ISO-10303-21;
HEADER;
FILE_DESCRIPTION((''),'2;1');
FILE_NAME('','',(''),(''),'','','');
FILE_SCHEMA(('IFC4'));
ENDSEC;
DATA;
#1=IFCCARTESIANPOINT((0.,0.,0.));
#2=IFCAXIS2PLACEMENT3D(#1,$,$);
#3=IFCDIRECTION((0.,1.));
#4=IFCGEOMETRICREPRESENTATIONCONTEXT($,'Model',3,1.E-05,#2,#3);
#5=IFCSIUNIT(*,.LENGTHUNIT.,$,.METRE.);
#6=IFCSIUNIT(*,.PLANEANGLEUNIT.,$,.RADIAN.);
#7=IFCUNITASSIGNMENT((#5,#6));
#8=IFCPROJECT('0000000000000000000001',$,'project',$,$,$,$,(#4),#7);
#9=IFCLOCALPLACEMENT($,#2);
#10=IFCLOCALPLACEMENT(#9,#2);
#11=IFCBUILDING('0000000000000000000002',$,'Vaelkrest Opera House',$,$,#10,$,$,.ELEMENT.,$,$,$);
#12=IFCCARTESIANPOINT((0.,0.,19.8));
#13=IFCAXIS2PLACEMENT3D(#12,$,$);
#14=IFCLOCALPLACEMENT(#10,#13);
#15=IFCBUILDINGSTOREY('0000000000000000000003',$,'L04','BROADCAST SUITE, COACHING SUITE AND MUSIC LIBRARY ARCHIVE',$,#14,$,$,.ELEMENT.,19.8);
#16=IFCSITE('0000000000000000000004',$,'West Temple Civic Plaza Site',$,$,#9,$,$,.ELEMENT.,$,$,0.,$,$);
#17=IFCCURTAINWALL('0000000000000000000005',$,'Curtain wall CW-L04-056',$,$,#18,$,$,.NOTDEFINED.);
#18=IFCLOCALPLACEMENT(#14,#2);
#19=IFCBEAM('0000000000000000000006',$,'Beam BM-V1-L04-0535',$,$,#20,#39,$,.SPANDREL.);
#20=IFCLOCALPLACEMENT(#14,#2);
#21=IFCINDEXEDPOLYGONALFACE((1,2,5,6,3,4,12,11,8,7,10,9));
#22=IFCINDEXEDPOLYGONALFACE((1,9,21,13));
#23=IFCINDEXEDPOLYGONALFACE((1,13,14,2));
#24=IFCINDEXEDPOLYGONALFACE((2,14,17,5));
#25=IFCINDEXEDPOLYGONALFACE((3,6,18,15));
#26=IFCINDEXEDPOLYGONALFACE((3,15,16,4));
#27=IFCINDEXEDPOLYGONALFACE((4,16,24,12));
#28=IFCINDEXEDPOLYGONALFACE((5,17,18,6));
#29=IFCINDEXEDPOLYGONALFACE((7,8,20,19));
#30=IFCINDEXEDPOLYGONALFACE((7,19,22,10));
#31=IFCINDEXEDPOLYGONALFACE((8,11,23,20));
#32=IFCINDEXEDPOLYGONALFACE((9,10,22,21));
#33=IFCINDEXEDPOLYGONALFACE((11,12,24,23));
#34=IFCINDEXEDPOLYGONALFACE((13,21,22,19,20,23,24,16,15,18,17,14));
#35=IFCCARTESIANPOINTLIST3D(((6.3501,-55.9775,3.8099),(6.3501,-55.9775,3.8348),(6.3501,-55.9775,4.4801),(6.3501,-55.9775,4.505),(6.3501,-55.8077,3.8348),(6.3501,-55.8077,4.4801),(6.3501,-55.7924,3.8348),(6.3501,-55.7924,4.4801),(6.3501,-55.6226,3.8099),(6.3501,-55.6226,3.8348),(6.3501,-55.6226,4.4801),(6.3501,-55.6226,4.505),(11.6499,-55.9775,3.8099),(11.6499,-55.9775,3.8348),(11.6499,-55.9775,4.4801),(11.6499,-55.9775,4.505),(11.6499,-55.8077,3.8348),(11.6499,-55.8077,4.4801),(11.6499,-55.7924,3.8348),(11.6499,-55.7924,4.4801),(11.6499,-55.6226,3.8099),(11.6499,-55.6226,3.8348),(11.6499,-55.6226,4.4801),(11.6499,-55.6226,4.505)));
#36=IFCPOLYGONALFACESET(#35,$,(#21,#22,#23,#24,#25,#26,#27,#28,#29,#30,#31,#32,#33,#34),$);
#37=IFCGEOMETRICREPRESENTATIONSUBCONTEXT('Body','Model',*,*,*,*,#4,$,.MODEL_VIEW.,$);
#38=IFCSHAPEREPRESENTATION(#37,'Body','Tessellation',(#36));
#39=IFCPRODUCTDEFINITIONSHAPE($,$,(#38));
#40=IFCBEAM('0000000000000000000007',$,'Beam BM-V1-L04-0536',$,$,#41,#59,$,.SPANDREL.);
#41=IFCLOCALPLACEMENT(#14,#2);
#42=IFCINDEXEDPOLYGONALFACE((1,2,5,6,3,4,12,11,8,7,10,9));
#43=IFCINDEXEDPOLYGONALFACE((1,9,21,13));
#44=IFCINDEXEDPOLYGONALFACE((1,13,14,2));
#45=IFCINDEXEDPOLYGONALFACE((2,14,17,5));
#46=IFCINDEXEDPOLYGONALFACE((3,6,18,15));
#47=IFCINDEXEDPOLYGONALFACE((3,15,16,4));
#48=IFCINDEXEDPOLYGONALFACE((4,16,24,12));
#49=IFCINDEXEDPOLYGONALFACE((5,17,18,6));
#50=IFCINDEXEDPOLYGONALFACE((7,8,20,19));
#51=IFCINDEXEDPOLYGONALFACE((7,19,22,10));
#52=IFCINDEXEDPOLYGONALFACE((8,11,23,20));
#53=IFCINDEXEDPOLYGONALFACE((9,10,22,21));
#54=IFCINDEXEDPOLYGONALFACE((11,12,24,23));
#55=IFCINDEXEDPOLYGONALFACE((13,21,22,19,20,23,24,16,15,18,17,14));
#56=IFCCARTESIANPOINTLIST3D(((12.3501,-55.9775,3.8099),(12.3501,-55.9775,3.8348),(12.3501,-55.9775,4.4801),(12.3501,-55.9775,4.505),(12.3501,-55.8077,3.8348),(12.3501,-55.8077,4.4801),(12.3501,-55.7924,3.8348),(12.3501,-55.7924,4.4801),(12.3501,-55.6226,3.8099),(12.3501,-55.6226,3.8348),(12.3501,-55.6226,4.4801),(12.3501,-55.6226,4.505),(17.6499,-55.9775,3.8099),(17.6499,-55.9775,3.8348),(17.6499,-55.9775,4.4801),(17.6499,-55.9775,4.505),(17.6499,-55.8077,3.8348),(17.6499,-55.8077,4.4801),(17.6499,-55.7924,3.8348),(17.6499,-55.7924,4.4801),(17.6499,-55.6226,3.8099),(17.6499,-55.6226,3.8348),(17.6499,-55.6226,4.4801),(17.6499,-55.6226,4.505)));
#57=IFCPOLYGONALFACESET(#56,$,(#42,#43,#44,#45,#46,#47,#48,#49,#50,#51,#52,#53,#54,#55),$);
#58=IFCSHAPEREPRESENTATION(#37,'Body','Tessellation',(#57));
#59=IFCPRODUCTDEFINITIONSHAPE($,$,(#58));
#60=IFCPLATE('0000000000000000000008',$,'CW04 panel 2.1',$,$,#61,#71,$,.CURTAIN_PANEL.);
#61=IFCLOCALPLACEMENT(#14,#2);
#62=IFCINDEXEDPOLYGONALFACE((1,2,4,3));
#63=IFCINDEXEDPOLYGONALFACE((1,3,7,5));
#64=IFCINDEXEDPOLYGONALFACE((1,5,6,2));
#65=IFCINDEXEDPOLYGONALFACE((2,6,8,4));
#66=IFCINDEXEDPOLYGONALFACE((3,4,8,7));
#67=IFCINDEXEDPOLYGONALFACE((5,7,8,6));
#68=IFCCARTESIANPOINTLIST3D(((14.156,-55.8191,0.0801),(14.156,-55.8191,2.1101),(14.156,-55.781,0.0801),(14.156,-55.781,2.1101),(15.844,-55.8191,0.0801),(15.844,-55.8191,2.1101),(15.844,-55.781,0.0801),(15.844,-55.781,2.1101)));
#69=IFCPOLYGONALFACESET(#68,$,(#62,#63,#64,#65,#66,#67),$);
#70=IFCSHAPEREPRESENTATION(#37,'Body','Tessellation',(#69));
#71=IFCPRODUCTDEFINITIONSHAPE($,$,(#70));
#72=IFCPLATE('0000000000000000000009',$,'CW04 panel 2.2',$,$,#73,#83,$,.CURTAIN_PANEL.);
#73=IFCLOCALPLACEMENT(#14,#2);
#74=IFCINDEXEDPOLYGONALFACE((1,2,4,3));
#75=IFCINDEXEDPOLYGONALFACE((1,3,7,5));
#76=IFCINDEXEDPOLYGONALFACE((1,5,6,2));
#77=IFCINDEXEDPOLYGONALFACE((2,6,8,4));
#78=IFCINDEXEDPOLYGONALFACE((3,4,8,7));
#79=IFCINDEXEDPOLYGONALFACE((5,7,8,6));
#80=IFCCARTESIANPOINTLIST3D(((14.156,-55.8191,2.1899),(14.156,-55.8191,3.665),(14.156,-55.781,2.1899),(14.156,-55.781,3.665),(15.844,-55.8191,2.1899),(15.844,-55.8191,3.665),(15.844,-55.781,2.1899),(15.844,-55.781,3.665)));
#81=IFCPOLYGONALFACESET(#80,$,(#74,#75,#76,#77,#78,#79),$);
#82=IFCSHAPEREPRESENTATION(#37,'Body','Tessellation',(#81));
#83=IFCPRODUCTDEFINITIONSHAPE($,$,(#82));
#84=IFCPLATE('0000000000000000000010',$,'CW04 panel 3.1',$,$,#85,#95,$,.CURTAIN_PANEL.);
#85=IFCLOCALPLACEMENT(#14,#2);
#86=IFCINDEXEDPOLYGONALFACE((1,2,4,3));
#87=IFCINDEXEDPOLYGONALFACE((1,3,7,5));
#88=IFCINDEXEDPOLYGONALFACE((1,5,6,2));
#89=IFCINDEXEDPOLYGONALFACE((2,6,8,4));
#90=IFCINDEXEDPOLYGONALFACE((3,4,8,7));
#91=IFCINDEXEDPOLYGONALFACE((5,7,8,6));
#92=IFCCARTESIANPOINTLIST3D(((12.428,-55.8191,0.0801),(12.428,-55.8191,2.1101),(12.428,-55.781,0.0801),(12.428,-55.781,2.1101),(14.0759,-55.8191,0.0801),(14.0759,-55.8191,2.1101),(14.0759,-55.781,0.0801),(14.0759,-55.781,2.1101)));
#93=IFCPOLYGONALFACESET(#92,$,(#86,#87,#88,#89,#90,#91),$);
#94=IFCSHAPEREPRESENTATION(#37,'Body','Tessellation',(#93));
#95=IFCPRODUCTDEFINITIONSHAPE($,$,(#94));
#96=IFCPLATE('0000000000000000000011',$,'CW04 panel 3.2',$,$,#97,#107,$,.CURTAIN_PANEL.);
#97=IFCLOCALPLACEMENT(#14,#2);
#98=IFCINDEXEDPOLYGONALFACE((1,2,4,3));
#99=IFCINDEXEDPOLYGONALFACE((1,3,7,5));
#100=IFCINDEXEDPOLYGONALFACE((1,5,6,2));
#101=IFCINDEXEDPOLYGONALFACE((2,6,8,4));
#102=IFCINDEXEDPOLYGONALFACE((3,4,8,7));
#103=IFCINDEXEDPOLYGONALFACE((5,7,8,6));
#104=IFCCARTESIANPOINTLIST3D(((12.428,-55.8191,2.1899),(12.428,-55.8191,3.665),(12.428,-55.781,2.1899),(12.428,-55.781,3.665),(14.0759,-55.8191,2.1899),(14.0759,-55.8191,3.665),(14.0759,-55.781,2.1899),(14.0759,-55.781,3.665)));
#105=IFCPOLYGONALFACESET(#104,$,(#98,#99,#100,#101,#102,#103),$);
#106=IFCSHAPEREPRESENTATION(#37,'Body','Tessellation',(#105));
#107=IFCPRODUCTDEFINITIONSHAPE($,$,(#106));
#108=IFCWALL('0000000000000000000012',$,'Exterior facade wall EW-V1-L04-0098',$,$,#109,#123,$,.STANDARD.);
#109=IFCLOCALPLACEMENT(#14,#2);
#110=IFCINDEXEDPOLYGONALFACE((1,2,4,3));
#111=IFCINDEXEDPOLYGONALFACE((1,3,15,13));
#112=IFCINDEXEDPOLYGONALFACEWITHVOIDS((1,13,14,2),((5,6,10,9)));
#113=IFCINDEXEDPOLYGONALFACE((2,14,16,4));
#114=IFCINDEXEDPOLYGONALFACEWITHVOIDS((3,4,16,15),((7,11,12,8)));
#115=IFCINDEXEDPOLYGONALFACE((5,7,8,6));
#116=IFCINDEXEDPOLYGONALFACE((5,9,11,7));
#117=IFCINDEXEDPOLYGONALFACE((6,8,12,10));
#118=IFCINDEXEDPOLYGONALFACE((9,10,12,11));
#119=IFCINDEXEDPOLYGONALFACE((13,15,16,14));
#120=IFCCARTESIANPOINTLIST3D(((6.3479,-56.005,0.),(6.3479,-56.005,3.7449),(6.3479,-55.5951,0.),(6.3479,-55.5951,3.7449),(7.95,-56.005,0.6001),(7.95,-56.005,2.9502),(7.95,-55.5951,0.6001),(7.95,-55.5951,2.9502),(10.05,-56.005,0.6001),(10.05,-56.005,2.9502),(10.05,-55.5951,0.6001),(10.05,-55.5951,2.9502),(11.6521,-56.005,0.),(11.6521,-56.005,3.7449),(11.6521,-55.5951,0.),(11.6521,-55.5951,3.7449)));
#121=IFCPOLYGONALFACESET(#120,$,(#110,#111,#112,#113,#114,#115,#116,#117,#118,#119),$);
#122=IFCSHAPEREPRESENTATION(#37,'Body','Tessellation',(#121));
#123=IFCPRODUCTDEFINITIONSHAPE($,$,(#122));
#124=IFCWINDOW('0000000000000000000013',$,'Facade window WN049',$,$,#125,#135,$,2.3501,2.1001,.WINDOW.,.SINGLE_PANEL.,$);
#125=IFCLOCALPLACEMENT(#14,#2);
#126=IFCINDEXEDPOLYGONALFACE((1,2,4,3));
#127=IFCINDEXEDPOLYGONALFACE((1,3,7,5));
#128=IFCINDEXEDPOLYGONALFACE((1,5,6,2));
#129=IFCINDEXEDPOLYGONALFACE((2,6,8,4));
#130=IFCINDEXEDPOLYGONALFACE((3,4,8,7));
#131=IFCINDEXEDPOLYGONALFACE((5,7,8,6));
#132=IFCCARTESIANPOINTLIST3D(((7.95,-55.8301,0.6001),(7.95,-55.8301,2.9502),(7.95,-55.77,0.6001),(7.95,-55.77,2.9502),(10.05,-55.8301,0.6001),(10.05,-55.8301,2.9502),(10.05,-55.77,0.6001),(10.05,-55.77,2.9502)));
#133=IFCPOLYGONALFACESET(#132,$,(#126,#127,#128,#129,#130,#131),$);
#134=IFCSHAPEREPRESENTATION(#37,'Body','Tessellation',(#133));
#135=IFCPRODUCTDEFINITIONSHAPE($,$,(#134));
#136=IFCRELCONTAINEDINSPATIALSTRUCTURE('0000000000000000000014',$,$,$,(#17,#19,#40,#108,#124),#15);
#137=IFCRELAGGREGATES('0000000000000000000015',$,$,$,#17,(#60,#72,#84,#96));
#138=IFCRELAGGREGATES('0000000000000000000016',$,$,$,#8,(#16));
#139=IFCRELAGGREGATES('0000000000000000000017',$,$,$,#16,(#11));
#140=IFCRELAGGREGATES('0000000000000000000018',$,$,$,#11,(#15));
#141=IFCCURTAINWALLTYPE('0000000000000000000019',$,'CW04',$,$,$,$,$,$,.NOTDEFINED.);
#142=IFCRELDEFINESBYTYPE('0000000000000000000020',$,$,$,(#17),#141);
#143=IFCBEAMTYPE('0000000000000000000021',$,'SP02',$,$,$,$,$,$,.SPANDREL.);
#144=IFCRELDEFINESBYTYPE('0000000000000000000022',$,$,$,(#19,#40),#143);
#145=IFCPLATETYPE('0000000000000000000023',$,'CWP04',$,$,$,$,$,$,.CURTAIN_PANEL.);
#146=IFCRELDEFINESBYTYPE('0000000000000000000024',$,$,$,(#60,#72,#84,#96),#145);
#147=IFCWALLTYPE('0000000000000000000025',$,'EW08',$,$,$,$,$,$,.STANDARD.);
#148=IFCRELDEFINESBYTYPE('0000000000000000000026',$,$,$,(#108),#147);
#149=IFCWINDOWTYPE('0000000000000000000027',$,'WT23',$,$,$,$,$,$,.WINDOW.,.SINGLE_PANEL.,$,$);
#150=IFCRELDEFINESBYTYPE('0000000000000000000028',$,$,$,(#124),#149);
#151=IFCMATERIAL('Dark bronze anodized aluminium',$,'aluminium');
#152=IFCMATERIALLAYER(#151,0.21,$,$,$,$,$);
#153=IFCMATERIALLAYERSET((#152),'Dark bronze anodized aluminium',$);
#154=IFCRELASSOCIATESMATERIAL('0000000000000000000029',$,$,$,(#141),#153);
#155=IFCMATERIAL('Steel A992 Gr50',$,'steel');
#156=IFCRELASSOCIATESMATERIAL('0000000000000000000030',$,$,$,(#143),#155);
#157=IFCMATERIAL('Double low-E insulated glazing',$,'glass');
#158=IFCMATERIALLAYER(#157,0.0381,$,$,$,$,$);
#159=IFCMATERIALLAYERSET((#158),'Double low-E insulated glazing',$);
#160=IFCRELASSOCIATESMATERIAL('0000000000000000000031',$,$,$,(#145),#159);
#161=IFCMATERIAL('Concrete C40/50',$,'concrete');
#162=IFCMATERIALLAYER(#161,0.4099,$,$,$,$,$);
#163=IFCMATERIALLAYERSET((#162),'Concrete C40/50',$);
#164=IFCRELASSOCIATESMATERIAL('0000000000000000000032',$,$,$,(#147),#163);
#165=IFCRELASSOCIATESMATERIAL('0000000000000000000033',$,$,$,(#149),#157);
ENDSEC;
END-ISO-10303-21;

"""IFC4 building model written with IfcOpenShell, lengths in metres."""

from ifc_helpers import new_model, si_unit, direction, frame, frame_2d, origin, origin_2d, place, context, subcontext, project, spatial, rectangle, i_section, extrude, material, layer, layer_set, material_profile, profile_set, type_object, element, fill, aggregate, save


model = new_model("IFC4")

# Units and contexts
model_context = context("Model", 3, precision=1e-05, world=origin(), true_north=direction((0.0, 1.0)))
body_context = subcontext(model_context, "Body", "Model", "MODEL_VIEW")
ifc_project = project(units=[si_unit("LENGTHUNIT", "METRE"), si_unit("PLANEANGLEUNIT", "RADIAN")], contexts=[model_context])

# Site, building, storey
site_placement = place(None, origin())
site = spatial("IfcSite", under=ifc_project, at=site_placement, Name="West Temple Civic Plaza Site", CompositionType="ELEMENT", RefElevation=0.0)
building_placement = place(site_placement, origin())
building = spatial("IfcBuilding", under=site, at=building_placement, Name="Vaelkrest Opera House", CompositionType="ELEMENT")
storey_placement = place(building_placement, frame((0.0, 0.0, 19.8)))
storey = spatial("IfcBuildingStorey", under=building, at=storey_placement, Name="L04", Description="BROADCAST SUITE, COACHING SUITE AND MUSIC LIBRARY ARCHIVE", CompositionType="ELEMENT", Elevation=19.8)

# Shared definitions
ifc_material_1 = material(Name="Dark bronze anodized aluminium", Category="aluminium")

# Curtain wall
ifc_layer_1 = layer(ifc_material_1, 0.21)
ifc_layer_set_1 = layer_set([ifc_layer_1], Name="Dark bronze anodized aluminium")
curtain_wall_type_1 = type_object("IfcCurtainWallType", Name="CW04", PredefinedType="NOTDEFINED", material=ifc_layer_set_1)
curtain_wall_1_placement = place(storey_placement, origin())
curtain_wall_1 = element("IfcCurtainWall", 1, at=curtain_wall_1_placement, inside=storey, type_object=curtain_wall_type_1, Name="Curtain wall CW-L04-056", PredefinedType="NOTDEFINED")

# Beams
ifc_material_2 = material(Name="Steel A992 Gr50", Category="steel")
ifc_material_profile_1 = material_profile(ifc_material_2, i_section(OverallWidth=0.355, OverallDepth=0.6951, WebThickness=0.0154, FlangeThickness=0.0249, at=origin_2d()), Name="W27X146")
ifc_profile_set_1 = profile_set([ifc_material_profile_1], Name="Steel A992 Gr50")
beam_type = type_object("IfcBeamType", Name="SP02", PredefinedType="SPANDREL", material=ifc_profile_set_1)
for number, where, z_axis, x_axis, name in (
    (2, (6.3501, -55.8, 4.1575), (1.0, 0.0, 0.0), (0.0, 1.0, 0.0), "Beam BM-V1-L04-0535"),
    (3, (12.3501, -55.8, 4.1575), (1.0, 0.0, 0.0), (0.0, 1.0, 0.0), "Beam BM-V1-L04-0536"),
):
    element("IfcBeam", number, at=place(storey_placement, frame(where, z_axis=z_axis, x_axis=x_axis)), inside=storey, type_object=beam_type, Name=name, PredefinedType="SPANDREL", context=body_context, shape_type="SweptSolid", body=[
        extrude(i_section(OverallWidth=0.355, OverallDepth=0.6951, WebThickness=0.0154, FlangeThickness=0.0249, at=origin_2d()), origin(), (0.0, 0.0, 1.0), 5.2998),
    ])

# Plates
ifc_material_3 = material(Name="Double low-E insulated glazing", Category="glass")
ifc_layer_2 = layer(ifc_material_3, 0.0381)
ifc_layer_set_2 = layer_set([ifc_layer_2], Name="Double low-E insulated glazing")
plate_type = type_object("IfcPlateType", Name="CWP04", PredefinedType="CURTAIN_PANEL", material=ifc_layer_set_2)
plate_1_placement = place(storey_placement, frame((15.0, -55.8, 0.0801), z_axis=(0.0, 0.0, 1.0), x_axis=(-1.0, 0.0, 0.0)))
plate_1 = element("IfcPlate", 4, at=plate_1_placement, type_object=plate_type, Name="CW04 panel 2.1", PredefinedType="CURTAIN_PANEL", context=body_context, shape_type="SweptSolid", body=[
    extrude(rectangle(XDim=1.688, YDim=0.0381, at=origin_2d()), origin(), (0.0, 0.0, 1.0), 2.03),
])
plate_2_placement = place(storey_placement, frame((15.0, -55.8, 2.1899), z_axis=(0.0, 0.0, 1.0), x_axis=(-1.0, 0.0, 0.0)))
plate_2 = element("IfcPlate", 5, at=plate_2_placement, type_object=plate_type, Name="CW04 panel 2.2", PredefinedType="CURTAIN_PANEL", context=body_context, shape_type="SweptSolid", body=[
    extrude(rectangle(XDim=1.688, YDim=0.0381, at=origin_2d()), origin(), (0.0, 0.0, 1.0), 1.4751),
])
plate_3_placement = place(storey_placement, frame((13.252, -55.8, 0.0801), z_axis=(0.0, 0.0, 1.0), x_axis=(-1.0, 0.0, 0.0)))
plate_3 = element("IfcPlate", 6, at=plate_3_placement, type_object=plate_type, Name="CW04 panel 3.1", PredefinedType="CURTAIN_PANEL", context=body_context, shape_type="SweptSolid", body=[
    extrude(rectangle(XDim=1.6479, YDim=0.0381, at=origin_2d()), origin(), (0.0, 0.0, 1.0), 2.03),
])
plate_4_placement = place(storey_placement, frame((13.252, -55.8, 2.1899), z_axis=(0.0, 0.0, 1.0), x_axis=(-1.0, 0.0, 0.0)))
plate_4 = element("IfcPlate", 7, at=plate_4_placement, type_object=plate_type, Name="CW04 panel 3.2", PredefinedType="CURTAIN_PANEL", context=body_context, shape_type="SweptSolid", body=[
    extrude(rectangle(XDim=1.6479, YDim=0.0381, at=origin_2d()), origin(), (0.0, 0.0, 1.0), 1.4751),
])
aggregate(curtain_wall_1, [plate_1, plate_2, plate_3, plate_4])

# Wall, opening, window
ifc_material_4 = material(Name="Concrete C40/50", Category="concrete")
ifc_layer_3 = layer(ifc_material_4, 0.4099)
ifc_layer_set_3 = layer_set([ifc_layer_3], Name="Concrete C40/50")
wall_type = type_object("IfcWallType", Name="EW08", PredefinedType="STANDARD", material=ifc_layer_set_3)
wall_placement = place(storey_placement, frame((11.6521, -55.8, 0.0), z_axis=(0.0, 0.0, 1.0), x_axis=(-1.0, 0.0, 0.0)))
wall = element("IfcWall", 8, at=wall_placement, inside=storey, type_object=wall_type, Name="Exterior facade wall EW-V1-L04-0098", PredefinedType="STANDARD", context=body_context, shape_type="SweptSolid", body=[
    extrude(rectangle(XDim=5.3042, YDim=0.4099, at=frame_2d((2.6521, 0.0))), origin(), (0.0, 0.0, 1.0), 3.7449),
])
opening_placement = place(wall_placement, frame((1.6021, 0.0, 0.6001)))
opening = element("IfcOpeningElement", 9, at=opening_placement, cuts=wall, PredefinedType="OPENING", context=body_context, shape_type="SweptSolid", body=[
    extrude(rectangle(XDim=2.1001, YDim=2.3501, at=frame_2d((1.05, 1.175))), frame((0.0, 0.2148, 0.0), z_axis=(0.0, -1.0, 0.0), x_axis=(1.0, 0.0, 0.0)), (0.0, 0.0, 1.0), 0.4299),
])
window_type = type_object("IfcWindowType", Name="WT23", PartitioningType="SINGLE_PANEL", PredefinedType="WINDOW", material=ifc_material_3)
window_placement = place(opening_placement, origin())
window = element("IfcWindow", 10, at=window_placement, inside=storey, type_object=window_type, Name="Facade window WN049", OverallHeight=2.3501, OverallWidth=2.1001, PartitioningType="SINGLE_PANEL", PredefinedType="WINDOW", context=body_context, shape_type="SweptSolid", body=[
    extrude(rectangle(XDim=2.1001, YDim=2.3501, at=frame_2d((1.05, 1.175))), frame((0.0, 0.03, 0.0), z_axis=(0.0, -1.0, 0.0), x_axis=(1.0, 0.0, 0.0)), (0.0, 0.0, 1.0), 0.0601),
])
fill(opening, window)

save(model, "model.ifc")
